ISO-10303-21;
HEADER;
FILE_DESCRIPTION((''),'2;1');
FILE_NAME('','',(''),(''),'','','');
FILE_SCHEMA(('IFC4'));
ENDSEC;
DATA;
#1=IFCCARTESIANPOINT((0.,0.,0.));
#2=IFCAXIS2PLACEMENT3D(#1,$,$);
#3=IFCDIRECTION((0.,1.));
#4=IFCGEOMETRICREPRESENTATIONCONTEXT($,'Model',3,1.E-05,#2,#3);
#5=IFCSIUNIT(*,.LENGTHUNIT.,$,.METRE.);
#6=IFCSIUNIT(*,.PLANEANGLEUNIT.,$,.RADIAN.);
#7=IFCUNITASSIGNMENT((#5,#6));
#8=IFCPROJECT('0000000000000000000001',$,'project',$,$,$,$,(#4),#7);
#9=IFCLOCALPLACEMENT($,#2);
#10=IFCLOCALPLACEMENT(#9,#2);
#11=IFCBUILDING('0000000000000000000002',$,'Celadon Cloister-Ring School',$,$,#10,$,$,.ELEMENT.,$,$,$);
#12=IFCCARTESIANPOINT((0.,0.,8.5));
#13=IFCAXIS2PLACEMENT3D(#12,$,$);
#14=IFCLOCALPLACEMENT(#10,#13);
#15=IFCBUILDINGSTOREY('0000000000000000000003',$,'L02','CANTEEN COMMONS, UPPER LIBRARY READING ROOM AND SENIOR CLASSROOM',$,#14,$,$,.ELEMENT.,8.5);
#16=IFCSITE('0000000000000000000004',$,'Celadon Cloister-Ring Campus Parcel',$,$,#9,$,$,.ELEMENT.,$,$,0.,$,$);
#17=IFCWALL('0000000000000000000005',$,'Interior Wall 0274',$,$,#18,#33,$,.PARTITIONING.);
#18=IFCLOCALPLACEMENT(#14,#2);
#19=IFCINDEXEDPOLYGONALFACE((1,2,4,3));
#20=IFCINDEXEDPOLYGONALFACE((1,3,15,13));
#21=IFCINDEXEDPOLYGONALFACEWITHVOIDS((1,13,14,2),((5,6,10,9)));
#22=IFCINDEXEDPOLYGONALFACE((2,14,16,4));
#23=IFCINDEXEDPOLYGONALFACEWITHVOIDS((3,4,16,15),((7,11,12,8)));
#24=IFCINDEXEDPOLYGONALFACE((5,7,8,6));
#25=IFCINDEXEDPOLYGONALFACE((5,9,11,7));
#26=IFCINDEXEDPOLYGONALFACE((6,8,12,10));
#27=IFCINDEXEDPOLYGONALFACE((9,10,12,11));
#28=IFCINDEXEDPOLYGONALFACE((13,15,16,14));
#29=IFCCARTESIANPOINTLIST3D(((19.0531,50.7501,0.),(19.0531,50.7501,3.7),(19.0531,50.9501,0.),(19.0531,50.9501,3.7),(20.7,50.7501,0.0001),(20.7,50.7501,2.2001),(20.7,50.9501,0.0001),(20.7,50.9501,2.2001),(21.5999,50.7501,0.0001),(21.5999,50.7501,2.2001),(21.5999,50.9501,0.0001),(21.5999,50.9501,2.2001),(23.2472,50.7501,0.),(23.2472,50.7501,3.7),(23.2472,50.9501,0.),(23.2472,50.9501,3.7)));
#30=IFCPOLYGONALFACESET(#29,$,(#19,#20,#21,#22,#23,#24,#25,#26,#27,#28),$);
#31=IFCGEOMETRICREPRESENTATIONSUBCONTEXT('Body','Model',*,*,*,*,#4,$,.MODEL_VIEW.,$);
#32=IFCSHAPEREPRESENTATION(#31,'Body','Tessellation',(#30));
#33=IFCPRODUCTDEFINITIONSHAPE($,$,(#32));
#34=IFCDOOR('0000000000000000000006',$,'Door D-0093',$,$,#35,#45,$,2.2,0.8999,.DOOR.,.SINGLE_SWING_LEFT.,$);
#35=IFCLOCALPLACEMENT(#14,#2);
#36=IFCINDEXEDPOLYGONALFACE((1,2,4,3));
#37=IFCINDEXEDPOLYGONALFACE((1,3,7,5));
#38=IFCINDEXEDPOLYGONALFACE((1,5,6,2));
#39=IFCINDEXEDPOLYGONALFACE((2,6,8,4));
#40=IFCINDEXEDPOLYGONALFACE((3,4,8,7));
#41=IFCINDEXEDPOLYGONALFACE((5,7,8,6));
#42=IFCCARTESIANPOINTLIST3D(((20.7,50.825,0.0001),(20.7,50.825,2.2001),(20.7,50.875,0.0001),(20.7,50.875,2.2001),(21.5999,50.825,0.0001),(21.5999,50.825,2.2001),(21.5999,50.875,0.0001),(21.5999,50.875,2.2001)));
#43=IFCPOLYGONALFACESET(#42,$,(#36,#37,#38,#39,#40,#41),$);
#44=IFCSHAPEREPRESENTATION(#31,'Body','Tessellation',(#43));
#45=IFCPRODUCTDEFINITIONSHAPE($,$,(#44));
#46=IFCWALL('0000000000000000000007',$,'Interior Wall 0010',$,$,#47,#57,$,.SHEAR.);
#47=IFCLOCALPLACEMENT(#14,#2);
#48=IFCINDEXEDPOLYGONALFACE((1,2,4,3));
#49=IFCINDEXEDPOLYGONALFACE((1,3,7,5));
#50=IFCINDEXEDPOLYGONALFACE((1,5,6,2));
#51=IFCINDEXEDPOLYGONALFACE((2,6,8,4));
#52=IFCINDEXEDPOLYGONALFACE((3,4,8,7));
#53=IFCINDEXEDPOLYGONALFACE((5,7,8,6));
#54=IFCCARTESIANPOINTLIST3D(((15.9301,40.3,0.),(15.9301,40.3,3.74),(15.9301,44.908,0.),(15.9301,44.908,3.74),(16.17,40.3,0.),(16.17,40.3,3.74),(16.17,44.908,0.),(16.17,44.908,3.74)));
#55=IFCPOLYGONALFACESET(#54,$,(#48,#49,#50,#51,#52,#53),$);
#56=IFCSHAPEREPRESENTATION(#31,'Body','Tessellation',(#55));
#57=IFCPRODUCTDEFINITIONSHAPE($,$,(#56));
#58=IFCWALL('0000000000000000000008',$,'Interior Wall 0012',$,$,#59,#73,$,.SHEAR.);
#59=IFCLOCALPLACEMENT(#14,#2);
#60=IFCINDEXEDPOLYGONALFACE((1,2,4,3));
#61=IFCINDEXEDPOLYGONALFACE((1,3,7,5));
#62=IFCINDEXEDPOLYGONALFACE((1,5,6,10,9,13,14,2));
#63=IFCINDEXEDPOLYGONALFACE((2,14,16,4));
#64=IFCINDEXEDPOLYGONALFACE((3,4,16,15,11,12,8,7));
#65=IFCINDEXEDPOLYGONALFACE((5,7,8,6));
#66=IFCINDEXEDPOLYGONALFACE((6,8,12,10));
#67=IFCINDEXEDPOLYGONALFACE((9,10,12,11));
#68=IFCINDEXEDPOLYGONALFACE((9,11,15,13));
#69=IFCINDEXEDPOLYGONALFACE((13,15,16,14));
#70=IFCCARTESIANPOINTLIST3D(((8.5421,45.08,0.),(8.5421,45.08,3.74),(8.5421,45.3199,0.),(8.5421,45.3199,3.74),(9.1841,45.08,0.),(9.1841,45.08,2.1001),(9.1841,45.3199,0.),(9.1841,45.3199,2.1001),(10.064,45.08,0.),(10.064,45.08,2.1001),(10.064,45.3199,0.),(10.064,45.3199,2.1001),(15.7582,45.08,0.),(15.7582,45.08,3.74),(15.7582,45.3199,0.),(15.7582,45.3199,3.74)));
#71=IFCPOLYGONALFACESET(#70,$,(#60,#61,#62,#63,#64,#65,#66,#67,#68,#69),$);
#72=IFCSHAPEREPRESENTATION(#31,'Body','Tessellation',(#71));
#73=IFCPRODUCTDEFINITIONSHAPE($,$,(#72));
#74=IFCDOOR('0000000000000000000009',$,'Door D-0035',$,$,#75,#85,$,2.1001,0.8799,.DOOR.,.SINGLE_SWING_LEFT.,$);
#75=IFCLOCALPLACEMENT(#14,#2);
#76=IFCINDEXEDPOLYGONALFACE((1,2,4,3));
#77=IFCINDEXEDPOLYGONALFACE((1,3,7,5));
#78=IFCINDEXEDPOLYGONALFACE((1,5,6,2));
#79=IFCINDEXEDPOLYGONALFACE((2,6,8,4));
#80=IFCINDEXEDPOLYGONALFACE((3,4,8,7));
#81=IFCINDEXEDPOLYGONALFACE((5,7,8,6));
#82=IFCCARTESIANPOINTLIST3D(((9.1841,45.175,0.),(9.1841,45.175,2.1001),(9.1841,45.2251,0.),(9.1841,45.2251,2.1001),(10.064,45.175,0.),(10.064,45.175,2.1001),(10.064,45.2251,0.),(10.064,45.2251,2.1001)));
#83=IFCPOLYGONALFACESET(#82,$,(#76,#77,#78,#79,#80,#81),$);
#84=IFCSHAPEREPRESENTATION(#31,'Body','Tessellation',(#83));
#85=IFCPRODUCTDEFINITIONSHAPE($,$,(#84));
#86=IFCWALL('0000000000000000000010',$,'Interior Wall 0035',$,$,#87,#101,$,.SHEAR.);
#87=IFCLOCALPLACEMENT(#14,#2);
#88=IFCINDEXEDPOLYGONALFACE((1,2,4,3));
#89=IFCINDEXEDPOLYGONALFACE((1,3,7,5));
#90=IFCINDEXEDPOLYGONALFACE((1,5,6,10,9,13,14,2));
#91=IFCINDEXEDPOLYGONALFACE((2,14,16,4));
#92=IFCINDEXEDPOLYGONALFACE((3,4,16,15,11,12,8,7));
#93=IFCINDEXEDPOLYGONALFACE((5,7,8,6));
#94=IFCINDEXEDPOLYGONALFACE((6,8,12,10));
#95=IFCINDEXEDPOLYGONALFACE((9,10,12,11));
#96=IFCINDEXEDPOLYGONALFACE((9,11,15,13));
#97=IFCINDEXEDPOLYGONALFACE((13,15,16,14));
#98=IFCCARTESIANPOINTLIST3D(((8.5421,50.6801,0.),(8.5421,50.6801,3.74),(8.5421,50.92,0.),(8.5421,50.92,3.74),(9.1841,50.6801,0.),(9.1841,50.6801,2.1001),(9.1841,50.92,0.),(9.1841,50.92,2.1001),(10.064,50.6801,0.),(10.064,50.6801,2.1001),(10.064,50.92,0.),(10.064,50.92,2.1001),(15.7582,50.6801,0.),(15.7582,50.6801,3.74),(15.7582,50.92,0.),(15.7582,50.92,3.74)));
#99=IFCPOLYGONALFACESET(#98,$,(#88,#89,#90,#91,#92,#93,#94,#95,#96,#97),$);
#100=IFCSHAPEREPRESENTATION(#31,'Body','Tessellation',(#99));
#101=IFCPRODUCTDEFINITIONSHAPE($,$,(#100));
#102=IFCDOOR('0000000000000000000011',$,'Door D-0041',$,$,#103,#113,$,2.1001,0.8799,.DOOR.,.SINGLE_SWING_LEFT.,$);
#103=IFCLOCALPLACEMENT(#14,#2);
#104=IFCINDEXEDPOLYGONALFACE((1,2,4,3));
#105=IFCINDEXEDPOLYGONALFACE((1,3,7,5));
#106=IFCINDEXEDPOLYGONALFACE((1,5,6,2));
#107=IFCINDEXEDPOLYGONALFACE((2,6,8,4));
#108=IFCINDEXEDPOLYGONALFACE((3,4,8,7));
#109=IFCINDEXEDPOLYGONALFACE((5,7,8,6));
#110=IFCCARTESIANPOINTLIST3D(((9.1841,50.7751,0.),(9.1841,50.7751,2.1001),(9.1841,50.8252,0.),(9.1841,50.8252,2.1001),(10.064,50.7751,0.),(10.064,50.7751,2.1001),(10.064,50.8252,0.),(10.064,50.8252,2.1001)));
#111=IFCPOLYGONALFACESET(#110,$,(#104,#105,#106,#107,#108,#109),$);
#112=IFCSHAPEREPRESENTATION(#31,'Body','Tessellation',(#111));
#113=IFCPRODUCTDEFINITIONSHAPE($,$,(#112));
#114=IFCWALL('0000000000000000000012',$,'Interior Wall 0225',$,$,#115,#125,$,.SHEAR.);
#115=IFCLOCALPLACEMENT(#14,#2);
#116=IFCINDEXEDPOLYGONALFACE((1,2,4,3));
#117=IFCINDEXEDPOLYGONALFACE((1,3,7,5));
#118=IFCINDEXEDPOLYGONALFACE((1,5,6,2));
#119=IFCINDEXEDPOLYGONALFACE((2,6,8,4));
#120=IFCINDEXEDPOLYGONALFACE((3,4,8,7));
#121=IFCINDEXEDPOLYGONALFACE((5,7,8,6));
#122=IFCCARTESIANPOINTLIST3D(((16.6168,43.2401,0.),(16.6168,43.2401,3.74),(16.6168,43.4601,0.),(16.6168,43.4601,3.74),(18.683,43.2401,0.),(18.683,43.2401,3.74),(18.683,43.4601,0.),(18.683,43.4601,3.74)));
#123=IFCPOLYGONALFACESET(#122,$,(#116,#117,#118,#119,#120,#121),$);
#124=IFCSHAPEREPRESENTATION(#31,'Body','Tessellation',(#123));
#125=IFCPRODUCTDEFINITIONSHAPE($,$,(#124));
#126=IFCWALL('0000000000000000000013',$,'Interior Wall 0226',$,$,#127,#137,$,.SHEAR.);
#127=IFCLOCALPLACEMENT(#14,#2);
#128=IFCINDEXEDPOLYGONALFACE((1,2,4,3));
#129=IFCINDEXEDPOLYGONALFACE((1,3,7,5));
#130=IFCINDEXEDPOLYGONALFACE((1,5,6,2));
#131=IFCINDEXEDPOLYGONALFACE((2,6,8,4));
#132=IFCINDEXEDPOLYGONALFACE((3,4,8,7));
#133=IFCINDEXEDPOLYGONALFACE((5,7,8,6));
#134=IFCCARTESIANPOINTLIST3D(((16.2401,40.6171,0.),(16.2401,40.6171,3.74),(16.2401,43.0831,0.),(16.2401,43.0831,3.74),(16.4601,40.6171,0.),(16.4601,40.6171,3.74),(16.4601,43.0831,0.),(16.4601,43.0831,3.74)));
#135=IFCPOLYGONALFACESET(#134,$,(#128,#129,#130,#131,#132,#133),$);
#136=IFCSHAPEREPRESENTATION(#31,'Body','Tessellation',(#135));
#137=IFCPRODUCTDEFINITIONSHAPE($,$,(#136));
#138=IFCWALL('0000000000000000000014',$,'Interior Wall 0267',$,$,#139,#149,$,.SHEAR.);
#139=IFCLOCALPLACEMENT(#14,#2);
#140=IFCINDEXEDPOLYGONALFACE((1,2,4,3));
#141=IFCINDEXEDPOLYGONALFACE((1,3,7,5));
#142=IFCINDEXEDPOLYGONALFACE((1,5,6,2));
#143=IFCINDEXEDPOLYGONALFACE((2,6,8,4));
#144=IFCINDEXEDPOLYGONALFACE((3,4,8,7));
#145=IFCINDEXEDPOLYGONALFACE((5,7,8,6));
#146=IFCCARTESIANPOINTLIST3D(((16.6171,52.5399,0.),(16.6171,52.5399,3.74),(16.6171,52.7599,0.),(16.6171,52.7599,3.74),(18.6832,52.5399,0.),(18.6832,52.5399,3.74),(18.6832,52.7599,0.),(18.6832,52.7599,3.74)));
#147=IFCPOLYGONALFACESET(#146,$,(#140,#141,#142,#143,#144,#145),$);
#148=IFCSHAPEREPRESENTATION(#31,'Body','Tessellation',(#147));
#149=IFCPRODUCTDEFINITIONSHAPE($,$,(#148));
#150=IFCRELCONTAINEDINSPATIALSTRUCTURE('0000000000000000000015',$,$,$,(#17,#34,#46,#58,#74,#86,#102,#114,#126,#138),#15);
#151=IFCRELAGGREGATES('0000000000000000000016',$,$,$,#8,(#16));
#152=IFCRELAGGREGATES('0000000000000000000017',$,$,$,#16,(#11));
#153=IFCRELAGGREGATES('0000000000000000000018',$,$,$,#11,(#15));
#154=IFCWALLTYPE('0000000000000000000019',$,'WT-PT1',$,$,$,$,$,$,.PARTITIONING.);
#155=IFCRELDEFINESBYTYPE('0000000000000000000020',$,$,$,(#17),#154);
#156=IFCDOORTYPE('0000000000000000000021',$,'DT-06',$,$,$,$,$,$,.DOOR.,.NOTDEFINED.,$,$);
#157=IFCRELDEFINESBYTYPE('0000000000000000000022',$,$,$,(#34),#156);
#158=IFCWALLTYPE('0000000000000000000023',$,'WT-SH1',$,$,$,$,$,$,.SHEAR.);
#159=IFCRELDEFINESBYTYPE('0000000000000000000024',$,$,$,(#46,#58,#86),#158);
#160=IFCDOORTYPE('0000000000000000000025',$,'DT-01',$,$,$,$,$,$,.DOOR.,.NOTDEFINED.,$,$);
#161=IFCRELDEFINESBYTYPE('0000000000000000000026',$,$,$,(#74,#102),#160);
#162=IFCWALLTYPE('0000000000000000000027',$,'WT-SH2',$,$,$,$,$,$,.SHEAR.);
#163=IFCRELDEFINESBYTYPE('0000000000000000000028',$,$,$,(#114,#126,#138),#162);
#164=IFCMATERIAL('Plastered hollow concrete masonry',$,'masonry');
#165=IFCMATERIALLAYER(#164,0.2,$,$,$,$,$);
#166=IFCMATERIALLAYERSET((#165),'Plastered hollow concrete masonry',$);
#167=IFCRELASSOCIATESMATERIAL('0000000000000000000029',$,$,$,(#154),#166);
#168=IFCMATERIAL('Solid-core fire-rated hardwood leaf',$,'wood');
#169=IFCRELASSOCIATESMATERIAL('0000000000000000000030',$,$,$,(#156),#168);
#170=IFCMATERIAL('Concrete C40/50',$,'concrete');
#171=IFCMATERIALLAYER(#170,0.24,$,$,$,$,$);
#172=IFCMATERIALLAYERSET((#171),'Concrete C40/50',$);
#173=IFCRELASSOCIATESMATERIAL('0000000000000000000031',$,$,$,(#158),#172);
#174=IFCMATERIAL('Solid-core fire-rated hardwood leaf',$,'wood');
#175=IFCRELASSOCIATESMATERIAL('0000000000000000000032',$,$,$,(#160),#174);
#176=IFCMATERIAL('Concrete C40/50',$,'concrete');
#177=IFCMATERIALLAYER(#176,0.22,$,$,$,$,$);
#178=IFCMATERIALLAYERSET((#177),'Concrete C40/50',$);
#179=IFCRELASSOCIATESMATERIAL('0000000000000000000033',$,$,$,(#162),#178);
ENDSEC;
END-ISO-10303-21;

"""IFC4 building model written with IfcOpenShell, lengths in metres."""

from ifc_helpers import new_model, si_unit, direction, frame, frame_2d, origin, place, context, subcontext, project, spatial, rectangle, extrude, material, layer, layer_set, type_object, element, fill, save


model = new_model("IFC4")

# Units and contexts
model_context = context("Model", 3, precision=1e-05, world=origin(), true_north=direction((0.0, 1.0)))
body_context = subcontext(model_context, "Body", "Model", "MODEL_VIEW")
ifc_project = project(units=[si_unit("LENGTHUNIT", "METRE"), si_unit("PLANEANGLEUNIT", "RADIAN")], contexts=[model_context])

# Site, building, storey
site_placement = place(None, origin())
site = spatial("IfcSite", under=ifc_project, at=site_placement, Name="Celadon Cloister-Ring Campus Parcel", CompositionType="ELEMENT", RefElevation=0.0)
building_placement = place(site_placement, origin())
building = spatial("IfcBuilding", under=site, at=building_placement, Name="Celadon Cloister-Ring School", CompositionType="ELEMENT")
storey_placement = place(building_placement, frame((0.0, 0.0, 8.5)))
storey = spatial("IfcBuildingStorey", under=building, at=storey_placement, Name="L02", Description="CANTEEN COMMONS, UPPER LIBRARY READING ROOM AND SENIOR CLASSROOM", CompositionType="ELEMENT", Elevation=8.5)

# Shared definitions
ifc_material_1 = material(Name="Plastered hollow concrete masonry", Category="masonry")
ifc_layer_1 = layer(ifc_material_1, 0.2)
ifc_layer_set_1 = layer_set([ifc_layer_1], Name="Plastered hollow concrete masonry")
wall_type_1 = type_object("IfcWallType", Name="WT-PT1", PredefinedType="PARTITIONING", material=ifc_layer_set_1)

# Shared definitions
ifc_material_2 = material(Name="Solid-core fire-rated hardwood leaf", Category="wood")
door_type_1 = type_object("IfcDoorType", Name="DT-06", OperationType="NOTDEFINED", PredefinedType="DOOR", material=ifc_material_2)

# Wall, opening, door
wall_1_placement = place(storey_placement, frame((19.053, 50.8501, 0.0), z_axis=(0.0, 0.0, 1.0), x_axis=(1.0, 0.0, 0.0)))
wall_1 = element("IfcWall", 1, at=wall_1_placement, inside=storey, type_object=wall_type_1, Name="Interior Wall 0274", PredefinedType="PARTITIONING", context=body_context, shape_type="SweptSolid", body=[
    extrude(rectangle(XDim=4.1941, YDim=0.2, at=frame_2d((2.0972, 0.0))), origin(), (0.0, 0.0, 1.0), 3.7),
])
opening_1_placement = place(wall_1_placement, frame((1.647, 0.0, 0.0)))
opening_1 = element("IfcOpeningElement", 2, at=opening_1_placement, cuts=wall_1, PredefinedType="OPENING", context=body_context, shape_type="SweptSolid", body=[
    extrude(rectangle(XDim=0.8999, YDim=2.2, at=frame_2d((0.45, 1.1001))), frame((0.0, 0.1099, 0.0), z_axis=(0.0, -1.0, 0.0), x_axis=(1.0, 0.0, 0.0)), (0.0, 0.0, 1.0), 0.22),
])
door_1_placement = place(opening_1_placement, origin())
door_1 = element("IfcDoor", 3, at=door_1_placement, inside=storey, type_object=door_type_1, Name="Door D-0093", OperationType="SINGLE_SWING_LEFT", OverallHeight=2.2, OverallWidth=0.8999, PredefinedType="DOOR", context=body_context, shape_type="SweptSolid", body=[
    extrude(rectangle(XDim=0.8999, YDim=2.2, at=frame_2d((0.45, 1.1001))), frame((0.0, 0.0249, 0.0), z_axis=(0.0, -1.0, 0.0), x_axis=(1.0, 0.0, 0.0)), (0.0, 0.0, 1.0), 0.05),
])
fill(opening_1, door_1)

# Wall
ifc_material_3 = material(Name="Concrete C40/50", Category="concrete")
ifc_layer_2 = layer(ifc_material_3, 0.24)
ifc_layer_set_2 = layer_set([ifc_layer_2], Name="Concrete C40/50")
wall_type_2 = type_object("IfcWallType", Name="WT-SH1", PredefinedType="SHEAR", material=ifc_layer_set_2)
wall_2_placement = place(storey_placement, frame((16.05, 44.908, 0.0), z_axis=(0.0, 0.0, 1.0), x_axis=(0.0, -1.0, 0.0)))
element("IfcWall", 4, at=wall_2_placement, inside=storey, type_object=wall_type_2, Name="Interior Wall 0010", PredefinedType="SHEAR", context=body_context, shape_type="SweptSolid", body=[
    extrude(rectangle(XDim=4.6079, YDim=0.24, at=frame_2d((2.304, 0.0))), origin(), (0.0, 0.0, 1.0), 3.74),
])

# Walls, openings, doors
wall_3_placement = place(storey_placement, frame((15.7581, 45.2, 0.0), z_axis=(0.0, 0.0, 1.0), x_axis=(-1.0, 0.0, 0.0)))
wall_3 = element("IfcWall", 5, at=wall_3_placement, inside=storey, type_object=wall_type_2, Name="Interior Wall 0012", PredefinedType="SHEAR", context=body_context, shape_type="SweptSolid", body=[
    extrude(rectangle(XDim=7.2161, YDim=0.24, at=frame_2d((3.6079, 0.0))), origin(), (0.0, 0.0, 1.0), 3.74),
])
opening_2_placement = place(wall_3_placement, frame((5.6941, 0.0, 0.0)))
opening_2 = element("IfcOpeningElement", 6, at=opening_2_placement, cuts=wall_3, PredefinedType="OPENING", context=body_context, shape_type="SweptSolid", body=[
    extrude(rectangle(XDim=0.8799, YDim=2.1001, at=frame_2d((0.4399, 1.05))), frame((0.0, 0.1299, 0.0), z_axis=(0.0, -1.0, 0.0), x_axis=(1.0, 0.0, 0.0)), (0.0, 0.0, 1.0), 0.26),
])
ifc_material_4 = material(Name="Solid-core fire-rated hardwood leaf", Category="wood")
door_type_2 = type_object("IfcDoorType", Name="DT-01", OperationType="NOTDEFINED", PredefinedType="DOOR", material=ifc_material_4)
door_2_placement = place(opening_2_placement, origin())
door_2 = element("IfcDoor", 7, at=door_2_placement, inside=storey, type_object=door_type_2, Name="Door D-0035", OperationType="SINGLE_SWING_LEFT", OverallHeight=2.1001, OverallWidth=0.8799, PredefinedType="DOOR", context=body_context, shape_type="SweptSolid", body=[
    extrude(rectangle(XDim=0.8799, YDim=2.1001, at=frame_2d((0.4399, 1.05))), frame((0.0, 0.0249, 0.0), z_axis=(0.0, -1.0, 0.0), x_axis=(1.0, 0.0, 0.0)), (0.0, 0.0, 1.0), 0.05),
])
fill(opening_2, door_2)
wall_4_placement = place(storey_placement, frame((15.7581, 50.8, 0.0), z_axis=(0.0, 0.0, 1.0), x_axis=(-1.0, 0.0, 0.0)))
wall_4 = element("IfcWall", 8, at=wall_4_placement, inside=storey, type_object=wall_type_2, Name="Interior Wall 0035", PredefinedType="SHEAR", context=body_context, shape_type="SweptSolid", body=[
    extrude(rectangle(XDim=7.2161, YDim=0.24, at=frame_2d((3.6079, 0.0))), origin(), (0.0, 0.0, 1.0), 3.74),
])
opening_3_placement = place(wall_4_placement, frame((5.6941, 0.0, 0.0)))
opening_3 = element("IfcOpeningElement", 9, at=opening_3_placement, cuts=wall_4, PredefinedType="OPENING", context=body_context, shape_type="SweptSolid", body=[
    extrude(rectangle(XDim=0.8799, YDim=2.1001, at=frame_2d((0.4399, 1.05))), frame((0.0, 0.1299, 0.0), z_axis=(0.0, -1.0, 0.0), x_axis=(1.0, 0.0, 0.0)), (0.0, 0.0, 1.0), 0.26),
])
door_3_placement = place(opening_3_placement, origin())
door_3 = element("IfcDoor", 10, at=door_3_placement, inside=storey, type_object=door_type_2, Name="Door D-0041", OperationType="SINGLE_SWING_LEFT", OverallHeight=2.1001, OverallWidth=0.8799, PredefinedType="DOOR", context=body_context, shape_type="SweptSolid", body=[
    extrude(rectangle(XDim=0.8799, YDim=2.1001, at=frame_2d((0.4399, 1.05))), frame((0.0, 0.0249, 0.0), z_axis=(0.0, -1.0, 0.0), x_axis=(1.0, 0.0, 0.0)), (0.0, 0.0, 1.0), 0.05),
])
fill(opening_3, door_3)
ifc_material_5 = material(Name="Concrete C40/50", Category="concrete")
ifc_layer_3 = layer(ifc_material_5, 0.22)
ifc_layer_set_3 = layer_set([ifc_layer_3], Name="Concrete C40/50")
wall_type_3 = type_object("IfcWallType", Name="WT-SH2", PredefinedType="SHEAR", material=ifc_layer_set_3)

# Walls
wall_5_placement = place(storey_placement, frame((18.6831, 43.3501, 0.0), z_axis=(0.0, 0.0, 1.0), x_axis=(-1.0, 0.0, 0.0)))
element("IfcWall", 11, at=wall_5_placement, inside=storey, type_object=wall_type_3, Name="Interior Wall 0225", PredefinedType="SHEAR", context=body_context, shape_type="SweptSolid", body=[
    extrude(rectangle(XDim=2.0662, YDim=0.22, at=frame_2d((1.0332, 0.0))), origin(), (0.0, 0.0, 1.0), 3.74),
])
wall_6_placement = place(storey_placement, frame((16.3501, 43.083, 0.0), z_axis=(0.0, 0.0, 1.0), x_axis=(0.0, -1.0, 0.0)))
element("IfcWall", 12, at=wall_6_placement, inside=storey, type_object=wall_type_3, Name="Interior Wall 0226", PredefinedType="SHEAR", context=body_context, shape_type="SweptSolid", body=[
    extrude(rectangle(XDim=2.4661, YDim=0.22, at=frame_2d((1.2329, 0.0))), origin(), (0.0, 0.0, 1.0), 3.74),
])
wall_7_placement = place(storey_placement, frame((16.6169, 52.6499, 0.0), z_axis=(0.0, 0.0, 1.0), x_axis=(1.0, 0.0, 0.0)))
element("IfcWall", 13, at=wall_7_placement, inside=storey, type_object=wall_type_3, Name="Interior Wall 0267", PredefinedType="SHEAR", context=body_context, shape_type="SweptSolid", body=[
    extrude(rectangle(XDim=2.0662, YDim=0.22, at=frame_2d((1.0332, 0.0))), origin(), (0.0, 0.0, 1.0), 3.74),
])

save(model, "model.ifc")
